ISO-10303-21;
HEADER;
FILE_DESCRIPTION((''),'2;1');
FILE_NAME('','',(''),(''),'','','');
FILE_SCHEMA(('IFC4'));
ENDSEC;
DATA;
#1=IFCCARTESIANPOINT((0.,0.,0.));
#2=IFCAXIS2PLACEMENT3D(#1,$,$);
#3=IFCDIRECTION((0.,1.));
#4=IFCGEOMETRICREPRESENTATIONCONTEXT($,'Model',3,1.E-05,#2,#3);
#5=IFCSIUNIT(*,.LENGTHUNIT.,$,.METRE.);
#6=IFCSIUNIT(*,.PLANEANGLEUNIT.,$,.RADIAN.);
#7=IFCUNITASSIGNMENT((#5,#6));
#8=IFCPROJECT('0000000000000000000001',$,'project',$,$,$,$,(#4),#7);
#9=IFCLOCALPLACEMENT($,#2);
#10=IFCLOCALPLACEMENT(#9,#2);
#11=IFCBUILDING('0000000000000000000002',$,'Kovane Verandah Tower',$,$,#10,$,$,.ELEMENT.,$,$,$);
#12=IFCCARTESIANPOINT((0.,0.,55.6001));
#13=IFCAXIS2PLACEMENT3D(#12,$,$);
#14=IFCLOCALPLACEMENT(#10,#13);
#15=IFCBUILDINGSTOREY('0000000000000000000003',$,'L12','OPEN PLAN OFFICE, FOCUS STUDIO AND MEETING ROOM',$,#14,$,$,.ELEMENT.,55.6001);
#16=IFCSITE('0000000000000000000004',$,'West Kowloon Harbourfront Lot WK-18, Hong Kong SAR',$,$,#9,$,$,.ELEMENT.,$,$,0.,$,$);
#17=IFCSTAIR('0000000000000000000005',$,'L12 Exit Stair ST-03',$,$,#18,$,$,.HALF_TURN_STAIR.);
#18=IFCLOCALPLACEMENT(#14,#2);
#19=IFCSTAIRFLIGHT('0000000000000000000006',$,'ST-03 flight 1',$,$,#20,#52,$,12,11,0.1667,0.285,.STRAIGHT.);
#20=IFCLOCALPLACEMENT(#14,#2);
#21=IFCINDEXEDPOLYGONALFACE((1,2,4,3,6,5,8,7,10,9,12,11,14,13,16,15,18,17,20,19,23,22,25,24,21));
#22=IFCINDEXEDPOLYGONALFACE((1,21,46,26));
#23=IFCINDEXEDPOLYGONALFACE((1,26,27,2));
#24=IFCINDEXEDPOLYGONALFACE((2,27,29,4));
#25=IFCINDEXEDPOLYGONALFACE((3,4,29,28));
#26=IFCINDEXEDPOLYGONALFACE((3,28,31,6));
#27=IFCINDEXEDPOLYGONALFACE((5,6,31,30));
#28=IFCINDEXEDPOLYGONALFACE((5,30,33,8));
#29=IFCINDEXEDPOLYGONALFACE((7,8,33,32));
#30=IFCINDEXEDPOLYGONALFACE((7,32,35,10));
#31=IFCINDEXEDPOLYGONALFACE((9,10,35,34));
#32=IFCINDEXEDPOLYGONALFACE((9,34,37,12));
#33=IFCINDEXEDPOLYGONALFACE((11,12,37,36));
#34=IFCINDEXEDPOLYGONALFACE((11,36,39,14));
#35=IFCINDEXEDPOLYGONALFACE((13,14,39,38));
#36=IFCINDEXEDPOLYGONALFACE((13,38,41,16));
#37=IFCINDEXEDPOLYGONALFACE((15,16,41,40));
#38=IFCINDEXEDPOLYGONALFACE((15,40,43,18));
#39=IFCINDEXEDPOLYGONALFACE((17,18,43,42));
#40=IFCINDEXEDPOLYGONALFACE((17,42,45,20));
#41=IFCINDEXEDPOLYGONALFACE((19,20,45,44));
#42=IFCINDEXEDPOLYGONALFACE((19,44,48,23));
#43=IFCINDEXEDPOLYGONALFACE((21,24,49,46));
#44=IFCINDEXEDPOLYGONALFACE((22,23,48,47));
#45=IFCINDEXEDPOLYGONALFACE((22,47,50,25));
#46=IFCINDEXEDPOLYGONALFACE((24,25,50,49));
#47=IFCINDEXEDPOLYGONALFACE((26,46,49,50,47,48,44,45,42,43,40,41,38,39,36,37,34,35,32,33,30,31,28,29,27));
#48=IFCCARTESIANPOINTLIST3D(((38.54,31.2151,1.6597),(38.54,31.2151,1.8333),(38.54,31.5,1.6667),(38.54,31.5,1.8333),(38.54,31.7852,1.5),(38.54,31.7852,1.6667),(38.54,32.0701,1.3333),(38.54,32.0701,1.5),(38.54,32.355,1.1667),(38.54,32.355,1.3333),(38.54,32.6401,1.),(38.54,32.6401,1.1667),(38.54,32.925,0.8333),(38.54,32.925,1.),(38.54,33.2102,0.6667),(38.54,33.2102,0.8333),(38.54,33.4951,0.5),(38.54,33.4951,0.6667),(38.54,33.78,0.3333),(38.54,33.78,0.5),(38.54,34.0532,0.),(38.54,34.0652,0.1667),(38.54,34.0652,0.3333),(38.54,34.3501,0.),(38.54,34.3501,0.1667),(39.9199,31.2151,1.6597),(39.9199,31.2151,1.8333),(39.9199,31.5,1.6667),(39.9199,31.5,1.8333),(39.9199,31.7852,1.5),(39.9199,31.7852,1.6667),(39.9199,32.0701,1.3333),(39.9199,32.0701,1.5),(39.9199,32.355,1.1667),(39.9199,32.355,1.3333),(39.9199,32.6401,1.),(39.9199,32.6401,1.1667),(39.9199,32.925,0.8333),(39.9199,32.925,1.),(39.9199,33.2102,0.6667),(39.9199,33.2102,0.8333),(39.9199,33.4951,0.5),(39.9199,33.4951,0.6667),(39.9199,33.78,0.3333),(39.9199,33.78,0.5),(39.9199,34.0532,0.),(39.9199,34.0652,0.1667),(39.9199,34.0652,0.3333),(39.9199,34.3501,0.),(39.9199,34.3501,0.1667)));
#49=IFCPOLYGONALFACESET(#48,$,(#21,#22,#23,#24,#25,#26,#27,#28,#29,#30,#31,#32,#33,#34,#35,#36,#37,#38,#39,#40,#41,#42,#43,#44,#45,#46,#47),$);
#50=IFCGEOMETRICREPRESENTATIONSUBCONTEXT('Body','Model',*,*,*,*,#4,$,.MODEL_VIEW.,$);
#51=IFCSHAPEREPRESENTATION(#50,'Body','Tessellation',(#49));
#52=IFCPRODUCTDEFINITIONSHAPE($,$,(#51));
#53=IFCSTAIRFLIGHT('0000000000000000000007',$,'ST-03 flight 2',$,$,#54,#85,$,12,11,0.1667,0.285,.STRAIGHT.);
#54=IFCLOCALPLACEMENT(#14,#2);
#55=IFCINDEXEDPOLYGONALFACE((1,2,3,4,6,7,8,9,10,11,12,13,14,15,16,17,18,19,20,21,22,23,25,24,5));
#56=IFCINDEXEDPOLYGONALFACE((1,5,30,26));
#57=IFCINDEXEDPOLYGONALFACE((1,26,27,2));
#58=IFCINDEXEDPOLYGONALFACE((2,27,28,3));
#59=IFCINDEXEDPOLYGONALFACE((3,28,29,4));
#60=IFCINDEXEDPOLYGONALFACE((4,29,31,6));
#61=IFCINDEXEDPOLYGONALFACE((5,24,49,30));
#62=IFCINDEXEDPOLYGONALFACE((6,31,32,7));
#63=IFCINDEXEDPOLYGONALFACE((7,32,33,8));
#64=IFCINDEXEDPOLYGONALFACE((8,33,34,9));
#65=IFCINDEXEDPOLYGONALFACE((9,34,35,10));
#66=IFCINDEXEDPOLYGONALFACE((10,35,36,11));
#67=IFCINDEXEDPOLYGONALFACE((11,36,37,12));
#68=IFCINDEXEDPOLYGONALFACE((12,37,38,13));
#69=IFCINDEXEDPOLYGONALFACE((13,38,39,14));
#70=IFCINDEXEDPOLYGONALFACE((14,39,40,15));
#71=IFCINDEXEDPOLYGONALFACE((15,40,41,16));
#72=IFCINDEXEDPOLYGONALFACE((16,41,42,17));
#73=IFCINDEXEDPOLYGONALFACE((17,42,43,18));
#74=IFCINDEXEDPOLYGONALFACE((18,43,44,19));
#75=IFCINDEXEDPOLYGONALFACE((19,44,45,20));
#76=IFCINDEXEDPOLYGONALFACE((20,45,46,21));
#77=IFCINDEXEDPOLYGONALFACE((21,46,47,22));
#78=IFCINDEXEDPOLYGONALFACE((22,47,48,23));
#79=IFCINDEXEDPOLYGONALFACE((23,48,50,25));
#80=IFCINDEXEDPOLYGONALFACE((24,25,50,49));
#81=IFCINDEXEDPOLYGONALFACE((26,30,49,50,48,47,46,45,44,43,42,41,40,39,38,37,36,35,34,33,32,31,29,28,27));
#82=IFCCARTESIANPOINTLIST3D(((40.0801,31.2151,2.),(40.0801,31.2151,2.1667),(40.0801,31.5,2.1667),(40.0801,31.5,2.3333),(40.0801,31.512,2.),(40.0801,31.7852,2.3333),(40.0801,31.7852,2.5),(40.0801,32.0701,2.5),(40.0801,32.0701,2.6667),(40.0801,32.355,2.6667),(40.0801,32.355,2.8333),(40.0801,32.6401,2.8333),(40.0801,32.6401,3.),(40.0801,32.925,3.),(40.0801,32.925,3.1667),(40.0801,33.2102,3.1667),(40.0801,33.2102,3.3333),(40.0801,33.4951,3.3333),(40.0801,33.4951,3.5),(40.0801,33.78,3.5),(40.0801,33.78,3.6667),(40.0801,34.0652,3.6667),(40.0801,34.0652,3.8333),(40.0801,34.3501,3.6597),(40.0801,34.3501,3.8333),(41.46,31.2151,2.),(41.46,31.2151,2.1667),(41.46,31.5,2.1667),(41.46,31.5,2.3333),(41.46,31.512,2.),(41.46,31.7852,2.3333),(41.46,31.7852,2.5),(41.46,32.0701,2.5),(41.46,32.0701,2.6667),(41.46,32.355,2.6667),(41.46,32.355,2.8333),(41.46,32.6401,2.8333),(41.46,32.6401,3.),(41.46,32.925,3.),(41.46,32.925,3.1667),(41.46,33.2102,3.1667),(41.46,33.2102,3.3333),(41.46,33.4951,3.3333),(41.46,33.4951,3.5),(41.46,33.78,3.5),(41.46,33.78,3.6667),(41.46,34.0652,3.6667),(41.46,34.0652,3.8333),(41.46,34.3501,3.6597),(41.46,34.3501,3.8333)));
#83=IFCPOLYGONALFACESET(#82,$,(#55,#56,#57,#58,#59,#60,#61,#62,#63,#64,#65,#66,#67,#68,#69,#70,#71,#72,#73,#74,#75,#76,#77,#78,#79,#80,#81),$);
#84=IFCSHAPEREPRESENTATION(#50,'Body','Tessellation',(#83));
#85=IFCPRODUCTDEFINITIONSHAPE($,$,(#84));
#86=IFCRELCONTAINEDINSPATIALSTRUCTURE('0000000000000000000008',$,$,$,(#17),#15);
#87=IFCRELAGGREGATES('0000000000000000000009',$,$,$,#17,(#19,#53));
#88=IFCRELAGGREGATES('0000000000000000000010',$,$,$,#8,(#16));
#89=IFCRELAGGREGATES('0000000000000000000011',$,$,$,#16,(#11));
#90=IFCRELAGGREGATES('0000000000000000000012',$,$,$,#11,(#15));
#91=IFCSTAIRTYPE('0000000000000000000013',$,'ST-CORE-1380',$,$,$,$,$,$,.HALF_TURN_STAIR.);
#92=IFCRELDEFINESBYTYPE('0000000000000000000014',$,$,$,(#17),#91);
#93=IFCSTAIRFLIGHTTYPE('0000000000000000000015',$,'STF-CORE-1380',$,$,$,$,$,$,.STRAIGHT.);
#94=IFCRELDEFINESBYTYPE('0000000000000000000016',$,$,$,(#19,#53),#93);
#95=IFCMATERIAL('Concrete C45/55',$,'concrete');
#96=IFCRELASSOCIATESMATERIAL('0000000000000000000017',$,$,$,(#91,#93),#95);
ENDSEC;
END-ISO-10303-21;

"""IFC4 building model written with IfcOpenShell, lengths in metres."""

from ifc_helpers import new_model, si_unit, direction, frame, origin, place, context, subcontext, project, spatial, polyline, outline, extrude, material, type_object, element, aggregate, save


model = new_model("IFC4")

# Units and contexts
model_context = context("Model", 3, precision=1e-05, world=origin(), true_north=direction((0.0, 1.0)))
body_context = subcontext(model_context, "Body", "Model", "MODEL_VIEW")
ifc_project = project(units=[si_unit("LENGTHUNIT", "METRE"), si_unit("PLANEANGLEUNIT", "RADIAN")], contexts=[model_context])

# Site, building, storey
site_placement = place(None, origin())
site = spatial("IfcSite", under=ifc_project, at=site_placement, Name="West Kowloon Harbourfront Lot WK-18, Hong Kong SAR", CompositionType="ELEMENT", RefElevation=0.0)
building_placement = place(site_placement, origin())
building = spatial("IfcBuilding", under=site, at=building_placement, Name="Kovane Verandah Tower", CompositionType="ELEMENT")
storey_placement = place(building_placement, frame((0.0, 0.0, 55.6001)))
storey = spatial("IfcBuildingStorey", under=building, at=storey_placement, Name="L12", Description="OPEN PLAN OFFICE, FOCUS STUDIO AND MEETING ROOM", CompositionType="ELEMENT", Elevation=55.6001)

# Shared definitions
ifc_material_1 = material(Name="Concrete C45/55", Category="concrete")

# Shared definitions
stair_type = type_object("IfcStairType", Name="ST-CORE-1380", PredefinedType="HALF_TURN_STAIR", material=ifc_material_1)
stair_flight_type = type_object("IfcStairFlightType", Name="STF-CORE-1380", PredefinedType="STRAIGHT", material=ifc_material_1)

# Stair, stair flights
stair_1_placement = place(storey_placement, origin())
stair_1 = element("IfcStair", 1, at=stair_1_placement, inside=storey, type_object=stair_type, Name="L12 Exit Stair ST-03", PredefinedType="HALF_TURN_STAIR")
stair_flight_1_placement = place(storey_placement, frame((39.23, 34.3501, 0.0), z_axis=(0.0, 0.0, 1.0), x_axis=(0.0, -1.0, 0.0)))
stair_flight_1 = element("IfcStairFlight", 2, at=stair_flight_1_placement, type_object=stair_flight_type, Name="ST-03 flight 1", NumberOfRisers=12, NumberOfTreads=11, PredefinedType="STRAIGHT", RiserHeight=0.1667, TreadLength=0.285, context=body_context, shape_type="SweptSolid", body=[
    extrude(outline(polyline([(0.0, 0.0), (0.0, 0.1667), (0.2849, 0.1667), (0.2849, 0.3333), (0.5701, 0.3333), (0.5701, 0.5), (0.855, 0.5), (0.855, 0.6667), (1.1399, 0.6667), (1.1399, 0.8333), (1.425, 0.8333), (1.425, 1.0), (1.71, 1.0), (1.71, 1.1667), (1.9951, 1.1667), (1.9951, 1.3333), (2.28, 1.3333), (2.28, 1.5), (2.5649, 1.5), (2.5649, 1.6667), (2.8501, 1.6667), (2.8501, 1.8333), (3.135, 1.8333), (3.135, 2.0), (3.135, 1.6597), (0.2969, 0.0), (0.0, 0.0)])), frame((0.0, 0.6899, 0.0), z_axis=(0.0, -1.0, 0.0), x_axis=(1.0, 0.0, 0.0)), (0.0, 0.0, 1.0), 1.3799),
])
stair_flight_2_placement = place(storey_placement, frame((40.77, 31.2151, 2.0), z_axis=(0.0, 0.0, 1.0), x_axis=(0.0, 1.0, 0.0)))
stair_flight_2 = element("IfcStairFlight", 3, at=stair_flight_2_placement, type_object=stair_flight_type, Name="ST-03 flight 2", NumberOfRisers=12, NumberOfTreads=11, PredefinedType="STRAIGHT", RiserHeight=0.1667, TreadLength=0.285, context=body_context, shape_type="SweptSolid", body=[
    extrude(outline(polyline([(0.0, 0.0), (0.0, 0.1667), (0.2849, 0.1667), (0.2849, 0.3333), (0.5701, 0.3333), (0.5701, 0.5), (0.855, 0.5), (0.855, 0.6667), (1.1399, 0.6667), (1.1399, 0.8333), (1.425, 0.8333), (1.425, 1.0), (1.71, 1.0), (1.71, 1.1667), (1.9951, 1.1667), (1.9951, 1.3333), (2.28, 1.3333), (2.28, 1.5), (2.5649, 1.5), (2.5649, 1.6667), (2.8501, 1.6667), (2.8501, 1.8333), (3.135, 1.8333), (3.135, 2.0), (3.135, 1.6597), (0.2969, 0.0), (0.0, 0.0)])), frame((0.0, 0.6899, 0.0), z_axis=(0.0, -1.0, 0.0), x_axis=(1.0, 0.0, 0.0)), (0.0, 0.0, 1.0), 1.3799),
])
aggregate(stair_1, [stair_flight_1, stair_flight_2])

save(model, "model.ifc")
